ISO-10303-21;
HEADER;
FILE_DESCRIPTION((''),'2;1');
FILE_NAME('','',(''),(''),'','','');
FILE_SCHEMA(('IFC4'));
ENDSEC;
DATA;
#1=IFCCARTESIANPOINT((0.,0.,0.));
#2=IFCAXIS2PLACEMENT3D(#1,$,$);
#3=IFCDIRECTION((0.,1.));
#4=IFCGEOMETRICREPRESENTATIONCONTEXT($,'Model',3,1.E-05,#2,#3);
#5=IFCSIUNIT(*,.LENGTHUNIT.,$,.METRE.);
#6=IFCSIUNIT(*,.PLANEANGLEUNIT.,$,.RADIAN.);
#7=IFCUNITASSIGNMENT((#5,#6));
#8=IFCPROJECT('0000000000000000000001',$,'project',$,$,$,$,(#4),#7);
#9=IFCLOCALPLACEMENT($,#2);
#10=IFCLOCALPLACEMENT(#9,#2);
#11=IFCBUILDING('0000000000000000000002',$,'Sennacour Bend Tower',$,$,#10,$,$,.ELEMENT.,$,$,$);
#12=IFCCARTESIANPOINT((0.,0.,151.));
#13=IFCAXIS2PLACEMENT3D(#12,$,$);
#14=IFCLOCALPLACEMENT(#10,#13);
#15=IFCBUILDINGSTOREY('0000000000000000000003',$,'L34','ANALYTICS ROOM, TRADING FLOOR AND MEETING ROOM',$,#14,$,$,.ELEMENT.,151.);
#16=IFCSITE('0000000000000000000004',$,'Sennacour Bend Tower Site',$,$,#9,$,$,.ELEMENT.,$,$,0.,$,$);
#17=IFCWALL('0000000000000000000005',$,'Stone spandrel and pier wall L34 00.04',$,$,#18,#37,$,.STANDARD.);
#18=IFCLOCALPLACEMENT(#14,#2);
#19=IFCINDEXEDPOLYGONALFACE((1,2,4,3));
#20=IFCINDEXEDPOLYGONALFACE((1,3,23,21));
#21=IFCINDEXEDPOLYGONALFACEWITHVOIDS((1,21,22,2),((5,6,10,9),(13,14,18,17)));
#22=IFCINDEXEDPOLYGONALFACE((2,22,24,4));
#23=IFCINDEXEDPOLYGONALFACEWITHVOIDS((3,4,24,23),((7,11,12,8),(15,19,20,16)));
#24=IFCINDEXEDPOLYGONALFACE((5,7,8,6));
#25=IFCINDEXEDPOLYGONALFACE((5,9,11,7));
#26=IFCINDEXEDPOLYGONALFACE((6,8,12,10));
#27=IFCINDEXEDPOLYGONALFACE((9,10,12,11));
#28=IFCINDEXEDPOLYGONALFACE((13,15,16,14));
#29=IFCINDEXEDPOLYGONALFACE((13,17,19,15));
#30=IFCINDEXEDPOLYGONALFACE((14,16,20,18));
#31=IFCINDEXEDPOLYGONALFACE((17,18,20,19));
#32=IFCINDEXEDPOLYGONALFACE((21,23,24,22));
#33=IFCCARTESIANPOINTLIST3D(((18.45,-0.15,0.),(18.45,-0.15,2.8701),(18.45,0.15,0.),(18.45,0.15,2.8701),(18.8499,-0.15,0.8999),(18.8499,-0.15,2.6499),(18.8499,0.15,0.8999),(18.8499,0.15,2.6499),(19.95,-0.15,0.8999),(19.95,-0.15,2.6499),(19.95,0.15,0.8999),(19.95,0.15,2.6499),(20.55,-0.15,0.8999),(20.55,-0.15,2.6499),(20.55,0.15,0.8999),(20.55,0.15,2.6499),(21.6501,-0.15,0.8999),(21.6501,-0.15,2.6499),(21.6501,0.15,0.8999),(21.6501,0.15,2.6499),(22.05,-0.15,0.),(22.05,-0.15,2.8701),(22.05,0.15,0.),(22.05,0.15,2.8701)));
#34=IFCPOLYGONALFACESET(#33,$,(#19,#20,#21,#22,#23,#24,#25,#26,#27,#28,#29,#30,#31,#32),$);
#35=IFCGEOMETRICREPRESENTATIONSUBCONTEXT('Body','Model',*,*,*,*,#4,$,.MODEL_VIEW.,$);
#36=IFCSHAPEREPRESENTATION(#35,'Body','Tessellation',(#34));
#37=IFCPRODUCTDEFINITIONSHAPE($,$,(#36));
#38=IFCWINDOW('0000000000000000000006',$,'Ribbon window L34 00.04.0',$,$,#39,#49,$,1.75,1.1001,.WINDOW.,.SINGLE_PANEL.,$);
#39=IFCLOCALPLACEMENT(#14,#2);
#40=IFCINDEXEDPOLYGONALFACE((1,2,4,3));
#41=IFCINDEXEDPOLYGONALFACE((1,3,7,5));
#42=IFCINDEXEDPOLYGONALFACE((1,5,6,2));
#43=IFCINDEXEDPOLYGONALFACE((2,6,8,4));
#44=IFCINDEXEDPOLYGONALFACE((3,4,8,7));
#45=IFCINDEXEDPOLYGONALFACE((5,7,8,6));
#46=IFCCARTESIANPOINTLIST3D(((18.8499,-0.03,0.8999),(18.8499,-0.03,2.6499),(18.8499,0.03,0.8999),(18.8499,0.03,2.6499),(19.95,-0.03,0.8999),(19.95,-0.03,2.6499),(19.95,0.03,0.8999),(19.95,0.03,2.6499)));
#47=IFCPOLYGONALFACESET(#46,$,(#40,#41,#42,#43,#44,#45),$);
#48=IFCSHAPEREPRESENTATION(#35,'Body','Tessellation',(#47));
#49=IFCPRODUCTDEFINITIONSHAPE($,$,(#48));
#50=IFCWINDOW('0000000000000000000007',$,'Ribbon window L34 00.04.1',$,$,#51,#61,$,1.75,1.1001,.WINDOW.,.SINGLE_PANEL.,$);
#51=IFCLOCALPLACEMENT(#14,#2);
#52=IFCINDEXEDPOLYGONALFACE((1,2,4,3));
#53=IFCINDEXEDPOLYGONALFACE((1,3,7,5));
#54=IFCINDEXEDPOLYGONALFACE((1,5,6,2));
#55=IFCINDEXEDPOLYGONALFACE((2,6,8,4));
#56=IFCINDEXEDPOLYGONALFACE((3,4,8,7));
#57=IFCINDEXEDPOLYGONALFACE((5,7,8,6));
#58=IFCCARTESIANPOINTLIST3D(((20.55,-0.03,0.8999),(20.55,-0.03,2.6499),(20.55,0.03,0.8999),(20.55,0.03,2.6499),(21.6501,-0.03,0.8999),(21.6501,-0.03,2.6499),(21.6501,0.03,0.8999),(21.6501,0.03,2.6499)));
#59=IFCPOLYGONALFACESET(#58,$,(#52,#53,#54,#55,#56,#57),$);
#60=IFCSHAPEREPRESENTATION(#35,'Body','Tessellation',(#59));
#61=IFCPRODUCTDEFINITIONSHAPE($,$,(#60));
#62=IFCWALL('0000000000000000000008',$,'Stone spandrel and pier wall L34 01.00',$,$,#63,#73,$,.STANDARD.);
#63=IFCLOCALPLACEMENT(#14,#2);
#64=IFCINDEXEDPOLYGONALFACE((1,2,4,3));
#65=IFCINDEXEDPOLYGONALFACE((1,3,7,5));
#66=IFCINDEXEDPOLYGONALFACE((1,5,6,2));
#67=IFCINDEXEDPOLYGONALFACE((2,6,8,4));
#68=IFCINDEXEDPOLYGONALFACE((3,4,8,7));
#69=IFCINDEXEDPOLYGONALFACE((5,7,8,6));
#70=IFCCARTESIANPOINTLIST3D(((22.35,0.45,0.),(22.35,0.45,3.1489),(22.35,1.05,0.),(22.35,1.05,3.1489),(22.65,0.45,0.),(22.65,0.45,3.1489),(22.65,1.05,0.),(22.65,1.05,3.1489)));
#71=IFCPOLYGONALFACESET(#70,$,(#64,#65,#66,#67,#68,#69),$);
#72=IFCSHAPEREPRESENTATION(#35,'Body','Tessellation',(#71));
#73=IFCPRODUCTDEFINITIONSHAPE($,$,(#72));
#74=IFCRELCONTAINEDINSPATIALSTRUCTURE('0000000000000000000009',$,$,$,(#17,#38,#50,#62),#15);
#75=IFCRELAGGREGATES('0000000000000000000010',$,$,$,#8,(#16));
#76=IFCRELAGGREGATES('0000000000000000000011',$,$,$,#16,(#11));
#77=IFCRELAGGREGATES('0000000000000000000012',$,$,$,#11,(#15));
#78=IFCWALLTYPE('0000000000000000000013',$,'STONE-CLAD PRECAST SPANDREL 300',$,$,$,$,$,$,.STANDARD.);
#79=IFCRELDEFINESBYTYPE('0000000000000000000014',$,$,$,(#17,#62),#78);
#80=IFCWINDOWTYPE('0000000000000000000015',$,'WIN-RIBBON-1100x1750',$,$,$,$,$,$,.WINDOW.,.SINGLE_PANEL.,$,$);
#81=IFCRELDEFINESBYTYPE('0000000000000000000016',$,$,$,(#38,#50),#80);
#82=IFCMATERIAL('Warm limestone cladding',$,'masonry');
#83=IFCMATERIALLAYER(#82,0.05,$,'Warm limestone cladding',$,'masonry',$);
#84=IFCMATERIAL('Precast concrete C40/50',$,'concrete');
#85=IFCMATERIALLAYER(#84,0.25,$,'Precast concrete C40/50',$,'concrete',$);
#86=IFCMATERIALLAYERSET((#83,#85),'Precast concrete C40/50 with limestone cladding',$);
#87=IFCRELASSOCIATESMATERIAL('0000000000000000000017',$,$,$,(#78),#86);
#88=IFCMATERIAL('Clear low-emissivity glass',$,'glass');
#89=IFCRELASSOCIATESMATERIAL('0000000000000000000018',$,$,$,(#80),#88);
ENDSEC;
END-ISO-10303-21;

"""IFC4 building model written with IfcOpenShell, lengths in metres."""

from ifc_helpers import new_model, si_unit, direction, frame, frame_2d, origin, place, context, subcontext, project, spatial, rectangle, extrude, material, layer, layer_set, type_object, element, fill, save


model = new_model("IFC4")

# Units and contexts
model_context = context("Model", 3, precision=1e-05, world=origin(), true_north=direction((0.0, 1.0)))
body_context = subcontext(model_context, "Body", "Model", "MODEL_VIEW")
ifc_project = project(units=[si_unit("LENGTHUNIT", "METRE"), si_unit("PLANEANGLEUNIT", "RADIAN")], contexts=[model_context])

# Site, building, storey
site_placement = place(None, origin())
site = spatial("IfcSite", under=ifc_project, at=site_placement, Name="Sennacour Bend Tower Site", CompositionType="ELEMENT", RefElevation=0.0)
building_placement = place(site_placement, origin())
building = spatial("IfcBuilding", under=site, at=building_placement, Name="Sennacour Bend Tower", CompositionType="ELEMENT")
storey_placement = place(building_placement, frame((0.0, 0.0, 151.0)))
storey = spatial("IfcBuildingStorey", under=building, at=storey_placement, Name="L34", Description="ANALYTICS ROOM, TRADING FLOOR AND MEETING ROOM", CompositionType="ELEMENT", Elevation=151.0)

# Wall, openings, windows
ifc_material_1 = material(Name="Warm limestone cladding", Category="masonry")
ifc_layer_1 = layer(ifc_material_1, 0.05, Name="Warm limestone cladding", Category="masonry")
ifc_material_2 = material(Name="Precast concrete C40/50", Category="concrete")
ifc_layer_2 = layer(ifc_material_2, 0.25, Name="Precast concrete C40/50", Category="concrete")
ifc_layer_set_1 = layer_set([ifc_layer_1, ifc_layer_2], Name="Precast concrete C40/50 with limestone cladding")
wall_type_1 = type_object("IfcWallType", Name="STONE-CLAD PRECAST SPANDREL 300", PredefinedType="STANDARD", material=ifc_layer_set_1)
ifc_material_3 = material(Name="Clear low-emissivity glass", Category="glass")
window_type = type_object("IfcWindowType", Name="WIN-RIBBON-1100x1750", PartitioningType="SINGLE_PANEL", PredefinedType="WINDOW", material=ifc_material_3)
wall_1_placement = place(storey_placement, frame((18.45, 0.0, 0.0), z_axis=(0.0, 0.0, 1.0), x_axis=(1.0, 0.0, 0.0)))
wall_1 = element("IfcWall", 1, at=wall_1_placement, inside=storey, type_object=wall_type_1, Name="Stone spandrel and pier wall L34 00.04", PredefinedType="STANDARD", context=body_context, shape_type="SweptSolid", body=[
    extrude(rectangle(XDim=3.6001, YDim=0.3, at=frame_2d((1.8, 0.0))), origin(), (0.0, 0.0, 1.0), 2.8701),
])
opening_1_placement = place(wall_1_placement, frame((0.3999, 0.0, 0.8999)))
opening_1 = element("IfcOpeningElement", 2, at=opening_1_placement, cuts=wall_1, PredefinedType="OPENING", context=body_context, shape_type="SweptSolid", body=[
    extrude(rectangle(XDim=1.1001, YDim=1.75, at=frame_2d((0.55, 0.875))), frame((0.0, 0.1602, 0.0), z_axis=(0.0, -1.0, 0.0), x_axis=(1.0, 0.0, 0.0)), (0.0, 0.0, 1.0), 0.3201),
])
opening_2_placement = place(wall_1_placement, frame((2.1001, 0.0, 0.8999)))
opening_2 = element("IfcOpeningElement", 3, at=opening_2_placement, cuts=wall_1, PredefinedType="OPENING", context=body_context, shape_type="SweptSolid", body=[
    extrude(rectangle(XDim=1.1001, YDim=1.75, at=frame_2d((0.55, 0.875))), frame((0.0, 0.1602, 0.0), z_axis=(0.0, -1.0, 0.0), x_axis=(1.0, 0.0, 0.0)), (0.0, 0.0, 1.0), 0.3201),
])
window_1_placement = place(opening_1_placement, origin())
window_1 = element("IfcWindow", 4, at=window_1_placement, inside=storey, type_object=window_type, Name="Ribbon window L34 00.04.0", OverallHeight=1.75, OverallWidth=1.1001, PartitioningType="SINGLE_PANEL", PredefinedType="WINDOW", context=body_context, shape_type="SweptSolid", body=[
    extrude(rectangle(XDim=1.1001, YDim=1.75, at=frame_2d((0.55, 0.875))), frame((0.0, 0.03, 0.0), z_axis=(0.0, -1.0, 0.0), x_axis=(1.0, 0.0, 0.0)), (0.0, 0.0, 1.0), 0.0601),
])
fill(opening_1, window_1)
window_2_placement = place(opening_2_placement, origin())
window_2 = element("IfcWindow", 5, at=window_2_placement, inside=storey, type_object=window_type, Name="Ribbon window L34 00.04.1", OverallHeight=1.75, OverallWidth=1.1001, PartitioningType="SINGLE_PANEL", PredefinedType="WINDOW", context=body_context, shape_type="SweptSolid", body=[
    extrude(rectangle(XDim=1.1001, YDim=1.75, at=frame_2d((0.55, 0.875))), frame((0.0, 0.03, 0.0), z_axis=(0.0, -1.0, 0.0), x_axis=(1.0, 0.0, 0.0)), (0.0, 0.0, 1.0), 0.0601),
])
fill(opening_2, window_2)

# Wall
wall_2_placement = place(storey_placement, frame((22.5, 0.45, 0.0), z_axis=(0.0, 0.0, 1.0), x_axis=(0.0, 1.0, 0.0)))
element("IfcWall", 6, at=wall_2_placement, inside=storey, type_object=wall_type_1, Name="Stone spandrel and pier wall L34 01.00", PredefinedType="STANDARD", context=body_context, shape_type="SweptSolid", body=[
    extrude(rectangle(XDim=0.6001, YDim=0.3, at=frame_2d((0.3, 0.0))), origin(), (0.0, 0.0, 1.0), 3.1489),
])

save(model, "model.ifc")
